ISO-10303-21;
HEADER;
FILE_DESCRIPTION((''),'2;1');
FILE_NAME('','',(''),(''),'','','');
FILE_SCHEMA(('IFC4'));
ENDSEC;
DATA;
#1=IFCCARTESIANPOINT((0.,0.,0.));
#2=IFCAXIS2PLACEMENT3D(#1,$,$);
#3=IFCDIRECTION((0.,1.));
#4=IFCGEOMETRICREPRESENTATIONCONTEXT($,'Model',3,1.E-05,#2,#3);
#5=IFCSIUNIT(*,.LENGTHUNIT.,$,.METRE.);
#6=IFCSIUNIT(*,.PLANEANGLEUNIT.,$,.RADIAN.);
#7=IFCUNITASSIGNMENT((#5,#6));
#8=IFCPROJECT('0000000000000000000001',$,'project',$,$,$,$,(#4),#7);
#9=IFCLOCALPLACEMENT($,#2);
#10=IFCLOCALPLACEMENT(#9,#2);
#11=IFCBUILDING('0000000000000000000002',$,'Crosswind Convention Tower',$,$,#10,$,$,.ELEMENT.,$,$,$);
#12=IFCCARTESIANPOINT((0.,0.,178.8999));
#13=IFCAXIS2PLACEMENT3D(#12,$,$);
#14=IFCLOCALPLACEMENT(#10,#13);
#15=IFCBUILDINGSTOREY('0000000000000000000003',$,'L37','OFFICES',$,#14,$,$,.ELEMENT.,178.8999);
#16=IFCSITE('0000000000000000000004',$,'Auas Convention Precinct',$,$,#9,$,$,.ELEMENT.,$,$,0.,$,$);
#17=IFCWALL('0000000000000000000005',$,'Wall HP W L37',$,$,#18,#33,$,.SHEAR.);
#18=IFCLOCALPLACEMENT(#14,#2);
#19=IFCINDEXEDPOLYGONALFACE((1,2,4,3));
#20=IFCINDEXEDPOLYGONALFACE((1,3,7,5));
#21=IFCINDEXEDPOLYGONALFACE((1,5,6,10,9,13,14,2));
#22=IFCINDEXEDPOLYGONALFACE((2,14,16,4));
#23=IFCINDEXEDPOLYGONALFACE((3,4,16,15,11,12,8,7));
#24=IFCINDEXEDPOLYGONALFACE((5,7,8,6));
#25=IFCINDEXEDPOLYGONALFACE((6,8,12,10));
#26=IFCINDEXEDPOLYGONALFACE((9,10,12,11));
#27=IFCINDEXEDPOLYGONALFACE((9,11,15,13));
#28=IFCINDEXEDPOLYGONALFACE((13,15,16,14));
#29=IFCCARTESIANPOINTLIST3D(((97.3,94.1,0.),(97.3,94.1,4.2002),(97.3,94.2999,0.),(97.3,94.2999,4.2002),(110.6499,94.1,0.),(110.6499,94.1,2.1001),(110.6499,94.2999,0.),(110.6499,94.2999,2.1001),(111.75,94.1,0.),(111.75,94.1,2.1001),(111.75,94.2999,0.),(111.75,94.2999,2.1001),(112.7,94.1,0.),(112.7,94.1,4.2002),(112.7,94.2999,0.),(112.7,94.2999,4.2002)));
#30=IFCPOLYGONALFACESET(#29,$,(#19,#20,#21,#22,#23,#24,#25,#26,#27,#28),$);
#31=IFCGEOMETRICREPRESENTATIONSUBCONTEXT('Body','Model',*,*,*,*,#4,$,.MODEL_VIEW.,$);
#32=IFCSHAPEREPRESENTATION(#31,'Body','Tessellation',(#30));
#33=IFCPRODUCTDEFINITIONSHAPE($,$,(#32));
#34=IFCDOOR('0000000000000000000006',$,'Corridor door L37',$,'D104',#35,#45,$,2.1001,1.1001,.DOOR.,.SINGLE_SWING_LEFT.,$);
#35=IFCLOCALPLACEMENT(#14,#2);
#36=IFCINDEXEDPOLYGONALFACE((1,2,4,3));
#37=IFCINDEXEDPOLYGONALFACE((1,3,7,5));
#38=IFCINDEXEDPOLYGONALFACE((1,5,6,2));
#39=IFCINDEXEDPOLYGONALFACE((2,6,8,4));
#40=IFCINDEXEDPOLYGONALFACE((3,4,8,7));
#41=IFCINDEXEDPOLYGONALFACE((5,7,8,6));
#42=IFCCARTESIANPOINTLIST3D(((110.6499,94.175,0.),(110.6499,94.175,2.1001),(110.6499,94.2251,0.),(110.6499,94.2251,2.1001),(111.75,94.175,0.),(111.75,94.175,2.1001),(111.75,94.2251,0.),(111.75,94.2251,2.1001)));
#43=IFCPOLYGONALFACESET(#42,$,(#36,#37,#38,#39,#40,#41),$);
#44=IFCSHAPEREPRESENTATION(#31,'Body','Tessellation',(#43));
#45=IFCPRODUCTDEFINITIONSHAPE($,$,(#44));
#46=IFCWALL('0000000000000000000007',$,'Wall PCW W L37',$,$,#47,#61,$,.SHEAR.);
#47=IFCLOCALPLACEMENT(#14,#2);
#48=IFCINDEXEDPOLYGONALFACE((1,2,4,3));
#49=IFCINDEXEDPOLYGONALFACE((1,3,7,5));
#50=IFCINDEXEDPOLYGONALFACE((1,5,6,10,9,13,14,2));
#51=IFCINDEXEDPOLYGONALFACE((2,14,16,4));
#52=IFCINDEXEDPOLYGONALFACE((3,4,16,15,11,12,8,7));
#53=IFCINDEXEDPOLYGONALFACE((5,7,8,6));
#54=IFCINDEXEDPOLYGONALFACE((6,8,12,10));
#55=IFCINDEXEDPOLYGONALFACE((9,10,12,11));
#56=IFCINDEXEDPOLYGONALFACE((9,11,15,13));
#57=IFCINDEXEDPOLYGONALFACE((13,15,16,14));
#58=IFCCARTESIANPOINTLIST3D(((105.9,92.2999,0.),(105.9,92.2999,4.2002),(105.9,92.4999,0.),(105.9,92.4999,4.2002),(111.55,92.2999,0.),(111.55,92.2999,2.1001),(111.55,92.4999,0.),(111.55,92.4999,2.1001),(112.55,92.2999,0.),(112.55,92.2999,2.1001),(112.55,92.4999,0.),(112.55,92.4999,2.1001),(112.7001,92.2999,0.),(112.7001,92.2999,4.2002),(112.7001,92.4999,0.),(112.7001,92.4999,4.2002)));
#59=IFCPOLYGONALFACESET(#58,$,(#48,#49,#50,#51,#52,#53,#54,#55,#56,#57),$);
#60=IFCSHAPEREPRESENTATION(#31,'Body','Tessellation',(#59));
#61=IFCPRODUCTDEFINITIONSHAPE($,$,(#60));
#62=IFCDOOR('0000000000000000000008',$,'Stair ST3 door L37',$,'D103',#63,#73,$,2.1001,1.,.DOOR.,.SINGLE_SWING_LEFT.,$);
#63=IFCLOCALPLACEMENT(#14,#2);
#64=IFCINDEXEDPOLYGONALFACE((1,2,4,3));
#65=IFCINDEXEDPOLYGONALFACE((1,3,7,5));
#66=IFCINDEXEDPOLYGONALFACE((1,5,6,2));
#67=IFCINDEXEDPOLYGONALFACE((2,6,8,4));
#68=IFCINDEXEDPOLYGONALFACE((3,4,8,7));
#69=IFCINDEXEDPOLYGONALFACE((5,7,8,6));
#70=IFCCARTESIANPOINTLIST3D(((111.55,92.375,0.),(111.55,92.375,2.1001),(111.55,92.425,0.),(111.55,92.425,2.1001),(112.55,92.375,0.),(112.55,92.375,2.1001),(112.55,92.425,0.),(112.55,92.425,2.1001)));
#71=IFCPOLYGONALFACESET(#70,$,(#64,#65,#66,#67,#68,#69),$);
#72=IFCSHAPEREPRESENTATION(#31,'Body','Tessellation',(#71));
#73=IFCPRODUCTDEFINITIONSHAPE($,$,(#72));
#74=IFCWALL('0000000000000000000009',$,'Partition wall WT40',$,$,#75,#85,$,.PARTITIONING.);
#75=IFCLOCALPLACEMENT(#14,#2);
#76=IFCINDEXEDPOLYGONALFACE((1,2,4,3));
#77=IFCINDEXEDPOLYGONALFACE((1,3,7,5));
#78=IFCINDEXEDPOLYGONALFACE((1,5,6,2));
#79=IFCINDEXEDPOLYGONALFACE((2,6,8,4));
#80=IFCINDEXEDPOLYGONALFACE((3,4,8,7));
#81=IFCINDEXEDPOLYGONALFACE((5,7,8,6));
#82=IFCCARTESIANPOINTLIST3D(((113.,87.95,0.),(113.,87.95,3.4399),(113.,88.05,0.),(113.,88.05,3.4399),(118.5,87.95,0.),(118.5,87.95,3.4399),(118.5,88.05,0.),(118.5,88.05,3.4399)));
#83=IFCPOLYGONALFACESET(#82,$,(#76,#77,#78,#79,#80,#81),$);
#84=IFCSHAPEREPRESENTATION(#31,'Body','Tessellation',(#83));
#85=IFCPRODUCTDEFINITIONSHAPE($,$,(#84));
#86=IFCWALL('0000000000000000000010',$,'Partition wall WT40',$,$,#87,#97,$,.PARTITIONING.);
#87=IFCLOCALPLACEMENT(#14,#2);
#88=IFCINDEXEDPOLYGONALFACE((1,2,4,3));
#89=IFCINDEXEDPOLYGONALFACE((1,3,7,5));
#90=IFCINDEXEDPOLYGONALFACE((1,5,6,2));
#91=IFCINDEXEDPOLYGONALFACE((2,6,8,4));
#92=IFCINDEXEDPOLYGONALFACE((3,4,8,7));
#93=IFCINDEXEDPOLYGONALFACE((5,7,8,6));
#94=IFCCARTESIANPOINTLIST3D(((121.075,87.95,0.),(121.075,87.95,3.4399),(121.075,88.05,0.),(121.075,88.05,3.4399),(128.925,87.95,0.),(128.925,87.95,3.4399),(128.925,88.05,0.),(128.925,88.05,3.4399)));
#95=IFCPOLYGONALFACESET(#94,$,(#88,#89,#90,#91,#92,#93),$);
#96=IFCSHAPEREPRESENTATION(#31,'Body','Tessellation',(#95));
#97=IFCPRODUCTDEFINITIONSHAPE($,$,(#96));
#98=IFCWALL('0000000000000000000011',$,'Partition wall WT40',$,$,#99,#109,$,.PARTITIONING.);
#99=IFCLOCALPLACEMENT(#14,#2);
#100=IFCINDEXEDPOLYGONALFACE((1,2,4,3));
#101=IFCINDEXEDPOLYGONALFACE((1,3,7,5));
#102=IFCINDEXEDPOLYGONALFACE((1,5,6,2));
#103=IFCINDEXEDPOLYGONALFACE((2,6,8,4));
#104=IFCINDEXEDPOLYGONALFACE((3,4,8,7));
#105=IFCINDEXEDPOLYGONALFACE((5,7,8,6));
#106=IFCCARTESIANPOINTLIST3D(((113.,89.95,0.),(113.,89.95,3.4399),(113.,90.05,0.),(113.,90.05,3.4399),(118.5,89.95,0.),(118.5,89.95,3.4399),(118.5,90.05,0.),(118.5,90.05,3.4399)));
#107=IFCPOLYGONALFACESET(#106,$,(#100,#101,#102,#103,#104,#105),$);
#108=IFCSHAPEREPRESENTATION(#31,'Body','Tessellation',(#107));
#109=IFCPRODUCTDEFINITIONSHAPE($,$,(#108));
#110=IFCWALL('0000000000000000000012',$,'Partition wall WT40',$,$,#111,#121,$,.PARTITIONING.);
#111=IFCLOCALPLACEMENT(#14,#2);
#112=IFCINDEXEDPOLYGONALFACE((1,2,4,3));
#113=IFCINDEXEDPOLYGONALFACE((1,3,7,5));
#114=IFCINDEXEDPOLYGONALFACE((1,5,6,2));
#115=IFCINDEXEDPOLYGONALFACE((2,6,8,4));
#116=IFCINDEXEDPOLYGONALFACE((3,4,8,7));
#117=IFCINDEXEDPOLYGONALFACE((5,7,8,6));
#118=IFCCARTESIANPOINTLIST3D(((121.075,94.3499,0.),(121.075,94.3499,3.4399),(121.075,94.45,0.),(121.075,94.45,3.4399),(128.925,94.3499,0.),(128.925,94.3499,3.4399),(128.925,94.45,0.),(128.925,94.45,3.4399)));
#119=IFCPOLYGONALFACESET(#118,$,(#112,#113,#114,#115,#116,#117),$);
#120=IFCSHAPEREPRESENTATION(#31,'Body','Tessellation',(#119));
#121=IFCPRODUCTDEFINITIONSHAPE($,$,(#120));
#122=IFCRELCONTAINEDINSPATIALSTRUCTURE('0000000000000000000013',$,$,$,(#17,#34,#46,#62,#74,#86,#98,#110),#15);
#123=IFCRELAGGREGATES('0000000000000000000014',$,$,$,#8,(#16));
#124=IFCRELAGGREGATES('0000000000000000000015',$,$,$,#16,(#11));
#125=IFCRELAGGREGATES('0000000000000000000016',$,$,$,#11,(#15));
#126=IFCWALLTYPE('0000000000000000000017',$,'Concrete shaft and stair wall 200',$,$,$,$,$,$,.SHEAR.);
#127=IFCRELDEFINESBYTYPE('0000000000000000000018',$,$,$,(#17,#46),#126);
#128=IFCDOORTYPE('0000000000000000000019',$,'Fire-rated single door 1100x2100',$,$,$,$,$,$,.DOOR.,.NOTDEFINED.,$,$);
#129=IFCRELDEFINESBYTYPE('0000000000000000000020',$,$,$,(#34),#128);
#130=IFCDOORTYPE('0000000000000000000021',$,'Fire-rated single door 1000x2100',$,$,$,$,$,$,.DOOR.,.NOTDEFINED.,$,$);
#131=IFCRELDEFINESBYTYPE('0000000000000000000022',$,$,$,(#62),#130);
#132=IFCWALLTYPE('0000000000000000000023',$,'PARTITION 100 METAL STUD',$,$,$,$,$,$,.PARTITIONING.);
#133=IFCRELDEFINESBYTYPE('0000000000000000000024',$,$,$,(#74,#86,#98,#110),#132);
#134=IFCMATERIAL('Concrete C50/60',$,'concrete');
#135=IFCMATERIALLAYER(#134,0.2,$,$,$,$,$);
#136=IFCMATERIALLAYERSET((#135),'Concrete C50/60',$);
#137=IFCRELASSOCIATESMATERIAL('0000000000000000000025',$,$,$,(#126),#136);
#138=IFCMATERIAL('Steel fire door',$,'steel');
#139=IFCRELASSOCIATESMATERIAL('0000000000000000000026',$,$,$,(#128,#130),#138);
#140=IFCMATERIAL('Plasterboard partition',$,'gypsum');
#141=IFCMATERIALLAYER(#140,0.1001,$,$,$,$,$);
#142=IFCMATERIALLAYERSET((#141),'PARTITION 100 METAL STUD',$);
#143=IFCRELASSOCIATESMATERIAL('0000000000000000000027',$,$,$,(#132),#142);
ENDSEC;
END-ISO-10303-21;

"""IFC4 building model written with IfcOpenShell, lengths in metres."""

from ifc_helpers import new_model, si_unit, direction, frame, frame_2d, origin, place, context, subcontext, project, spatial, rectangle, extrude, material, layer, layer_set, type_object, element, fill, save


model = new_model("IFC4")

# Units and contexts
model_context = context("Model", 3, precision=1e-05, world=origin(), true_north=direction((0.0, 1.0)))
body_context = subcontext(model_context, "Body", "Model", "MODEL_VIEW")
ifc_project = project(units=[si_unit("LENGTHUNIT", "METRE"), si_unit("PLANEANGLEUNIT", "RADIAN")], contexts=[model_context])

# Site, building, storey
site_placement = place(None, origin())
site = spatial("IfcSite", under=ifc_project, at=site_placement, Name="Auas Convention Precinct", CompositionType="ELEMENT", RefElevation=0.0)
building_placement = place(site_placement, origin())
building = spatial("IfcBuilding", under=site, at=building_placement, Name="Crosswind Convention Tower", CompositionType="ELEMENT")
storey_placement = place(building_placement, frame((0.0, 0.0, 178.8999)))
storey = spatial("IfcBuildingStorey", under=building, at=storey_placement, Name="L37", Description="OFFICES", CompositionType="ELEMENT", Elevation=178.8999)

# Shared definitions
ifc_material_1 = material(Name="Concrete C50/60", Category="concrete")

# Walls, openings, doors
ifc_layer_1 = layer(ifc_material_1, 0.2)
ifc_layer_set_1 = layer_set([ifc_layer_1], Name="Concrete C50/60")
wall_type_1 = type_object("IfcWallType", Name="Concrete shaft and stair wall 200", PredefinedType="SHEAR", material=ifc_layer_set_1)
wall_1_placement = place(storey_placement, frame((112.7, 94.2, 0.0), z_axis=(0.0, 0.0, 1.0), x_axis=(-1.0, 0.0, 0.0)))
wall_1 = element("IfcWall", 1, at=wall_1_placement, inside=storey, type_object=wall_type_1, Name="Wall HP W L37", PredefinedType="SHEAR", context=body_context, shape_type="SweptSolid", body=[
    extrude(rectangle(XDim=15.3999, YDim=0.2, at=frame_2d((7.7, 0.0))), origin(), (0.0, 0.0, 1.0), 4.2002),
])
opening_1_placement = place(wall_1_placement, frame((0.95, 0.0, 0.0)))
opening_1 = element("IfcOpeningElement", 2, at=opening_1_placement, cuts=wall_1, PredefinedType="OPENING", context=body_context, shape_type="SweptSolid", body=[
    extrude(rectangle(XDim=1.1001, YDim=2.1001, at=frame_2d((0.55, 1.05))), frame((0.0, 0.1099, 0.0), z_axis=(0.0, -1.0, 0.0), x_axis=(1.0, 0.0, 0.0)), (0.0, 0.0, 1.0), 0.22),
])
ifc_material_2 = material(Name="Steel fire door", Category="steel")
door_type_1 = type_object("IfcDoorType", Name="Fire-rated single door 1100x2100", OperationType="NOTDEFINED", PredefinedType="DOOR", material=ifc_material_2)
door_1_placement = place(opening_1_placement, origin())
door_1 = element("IfcDoor", 3, at=door_1_placement, inside=storey, type_object=door_type_1, Name="Corridor door L37", ObjectType="D104", OperationType="SINGLE_SWING_LEFT", OverallHeight=2.1001, OverallWidth=1.1001, PredefinedType="DOOR", context=body_context, shape_type="SweptSolid", body=[
    extrude(rectangle(XDim=1.1001, YDim=2.1001, at=frame_2d((0.55, 1.05))), frame((0.0, 0.0249, 0.0), z_axis=(0.0, -1.0, 0.0), x_axis=(1.0, 0.0, 0.0)), (0.0, 0.0, 1.0), 0.05),
])
fill(opening_1, door_1)
wall_2_placement = place(storey_placement, frame((112.7, 92.3999, 0.0), z_axis=(0.0, 0.0, 1.0), x_axis=(-1.0, 0.0, 0.0)))
wall_2 = element("IfcWall", 4, at=wall_2_placement, inside=storey, type_object=wall_type_1, Name="Wall PCW W L37", PredefinedType="SHEAR", context=body_context, shape_type="SweptSolid", body=[
    extrude(rectangle(XDim=6.8, YDim=0.2, at=frame_2d((3.3999, 0.0))), origin(), (0.0, 0.0, 1.0), 4.2002),
])
opening_2_placement = place(wall_2_placement, frame((0.1499, 0.0, 0.0)))
opening_2 = element("IfcOpeningElement", 5, at=opening_2_placement, cuts=wall_2, PredefinedType="OPENING", context=body_context, shape_type="SweptSolid", body=[
    extrude(rectangle(XDim=1.0, YDim=2.1001, at=frame_2d((0.5, 1.05))), frame((0.0, 0.1099, 0.0), z_axis=(0.0, -1.0, 0.0), x_axis=(1.0, 0.0, 0.0)), (0.0, 0.0, 1.0), 0.22),
])
door_type_2 = type_object("IfcDoorType", Name="Fire-rated single door 1000x2100", OperationType="NOTDEFINED", PredefinedType="DOOR", material=ifc_material_2)
door_2_placement = place(opening_2_placement, origin())
door_2 = element("IfcDoor", 6, at=door_2_placement, inside=storey, type_object=door_type_2, Name="Stair ST3 door L37", ObjectType="D103", OperationType="SINGLE_SWING_LEFT", OverallHeight=2.1001, OverallWidth=1.0, PredefinedType="DOOR", context=body_context, shape_type="SweptSolid", body=[
    extrude(rectangle(XDim=1.0, YDim=2.1001, at=frame_2d((0.5, 1.05))), frame((0.0, 0.0249, 0.0), z_axis=(0.0, -1.0, 0.0), x_axis=(1.0, 0.0, 0.0)), (0.0, 0.0, 1.0), 0.05),
])
fill(opening_2, door_2)

# Walls
ifc_material_3 = material(Name="Plasterboard partition", Category="gypsum")
ifc_layer_2 = layer(ifc_material_3, 0.1001)
ifc_layer_set_2 = layer_set([ifc_layer_2], Name="PARTITION 100 METAL STUD")
wall_type_2 = type_object("IfcWallType", Name="PARTITION 100 METAL STUD", PredefinedType="PARTITIONING", material=ifc_layer_set_2)
wall_3_placement = place(storey_placement, frame((113.0, 88.0, 0.0), z_axis=(0.0, 0.0, 1.0), x_axis=(1.0, 0.0, 0.0)))
element("IfcWall", 7, at=wall_3_placement, inside=storey, type_object=wall_type_2, Name="Partition wall WT40", PredefinedType="PARTITIONING", context=body_context, shape_type="SweptSolid", body=[
    extrude(rectangle(XDim=5.5, YDim=0.1001, at=frame_2d((2.75, 0.0))), origin(), (0.0, 0.0, 1.0), 3.4399),
])
wall_4_placement = place(storey_placement, frame((121.075, 88.0, 0.0), z_axis=(0.0, 0.0, 1.0), x_axis=(1.0, 0.0, 0.0)))
element("IfcWall", 8, at=wall_4_placement, inside=storey, type_object=wall_type_2, Name="Partition wall WT40", PredefinedType="PARTITIONING", context=body_context, shape_type="SweptSolid", body=[
    extrude(rectangle(XDim=7.8501, YDim=0.1001, at=frame_2d((3.925, 0.0))), origin(), (0.0, 0.0, 1.0), 3.4399),
])
wall_5_placement = place(storey_placement, frame((113.0, 90.0, 0.0), z_axis=(0.0, 0.0, 1.0), x_axis=(1.0, 0.0, 0.0)))
element("IfcWall", 9, at=wall_5_placement, inside=storey, type_object=wall_type_2, Name="Partition wall WT40", PredefinedType="PARTITIONING", context=body_context, shape_type="SweptSolid", body=[
    extrude(rectangle(XDim=5.5, YDim=0.1001, at=frame_2d((2.75, 0.0))), origin(), (0.0, 0.0, 1.0), 3.4399),
])
wall_6_placement = place(storey_placement, frame((121.075, 94.3999, 0.0), z_axis=(0.0, 0.0, 1.0), x_axis=(1.0, 0.0, 0.0)))
element("IfcWall", 10, at=wall_6_placement, inside=storey, type_object=wall_type_2, Name="Partition wall WT40", PredefinedType="PARTITIONING", context=body_context, shape_type="SweptSolid", body=[
    extrude(rectangle(XDim=7.8501, YDim=0.1001, at=frame_2d((3.925, 0.0))), origin(), (0.0, 0.0, 1.0), 3.4399),
])

save(model, "model.ifc")
